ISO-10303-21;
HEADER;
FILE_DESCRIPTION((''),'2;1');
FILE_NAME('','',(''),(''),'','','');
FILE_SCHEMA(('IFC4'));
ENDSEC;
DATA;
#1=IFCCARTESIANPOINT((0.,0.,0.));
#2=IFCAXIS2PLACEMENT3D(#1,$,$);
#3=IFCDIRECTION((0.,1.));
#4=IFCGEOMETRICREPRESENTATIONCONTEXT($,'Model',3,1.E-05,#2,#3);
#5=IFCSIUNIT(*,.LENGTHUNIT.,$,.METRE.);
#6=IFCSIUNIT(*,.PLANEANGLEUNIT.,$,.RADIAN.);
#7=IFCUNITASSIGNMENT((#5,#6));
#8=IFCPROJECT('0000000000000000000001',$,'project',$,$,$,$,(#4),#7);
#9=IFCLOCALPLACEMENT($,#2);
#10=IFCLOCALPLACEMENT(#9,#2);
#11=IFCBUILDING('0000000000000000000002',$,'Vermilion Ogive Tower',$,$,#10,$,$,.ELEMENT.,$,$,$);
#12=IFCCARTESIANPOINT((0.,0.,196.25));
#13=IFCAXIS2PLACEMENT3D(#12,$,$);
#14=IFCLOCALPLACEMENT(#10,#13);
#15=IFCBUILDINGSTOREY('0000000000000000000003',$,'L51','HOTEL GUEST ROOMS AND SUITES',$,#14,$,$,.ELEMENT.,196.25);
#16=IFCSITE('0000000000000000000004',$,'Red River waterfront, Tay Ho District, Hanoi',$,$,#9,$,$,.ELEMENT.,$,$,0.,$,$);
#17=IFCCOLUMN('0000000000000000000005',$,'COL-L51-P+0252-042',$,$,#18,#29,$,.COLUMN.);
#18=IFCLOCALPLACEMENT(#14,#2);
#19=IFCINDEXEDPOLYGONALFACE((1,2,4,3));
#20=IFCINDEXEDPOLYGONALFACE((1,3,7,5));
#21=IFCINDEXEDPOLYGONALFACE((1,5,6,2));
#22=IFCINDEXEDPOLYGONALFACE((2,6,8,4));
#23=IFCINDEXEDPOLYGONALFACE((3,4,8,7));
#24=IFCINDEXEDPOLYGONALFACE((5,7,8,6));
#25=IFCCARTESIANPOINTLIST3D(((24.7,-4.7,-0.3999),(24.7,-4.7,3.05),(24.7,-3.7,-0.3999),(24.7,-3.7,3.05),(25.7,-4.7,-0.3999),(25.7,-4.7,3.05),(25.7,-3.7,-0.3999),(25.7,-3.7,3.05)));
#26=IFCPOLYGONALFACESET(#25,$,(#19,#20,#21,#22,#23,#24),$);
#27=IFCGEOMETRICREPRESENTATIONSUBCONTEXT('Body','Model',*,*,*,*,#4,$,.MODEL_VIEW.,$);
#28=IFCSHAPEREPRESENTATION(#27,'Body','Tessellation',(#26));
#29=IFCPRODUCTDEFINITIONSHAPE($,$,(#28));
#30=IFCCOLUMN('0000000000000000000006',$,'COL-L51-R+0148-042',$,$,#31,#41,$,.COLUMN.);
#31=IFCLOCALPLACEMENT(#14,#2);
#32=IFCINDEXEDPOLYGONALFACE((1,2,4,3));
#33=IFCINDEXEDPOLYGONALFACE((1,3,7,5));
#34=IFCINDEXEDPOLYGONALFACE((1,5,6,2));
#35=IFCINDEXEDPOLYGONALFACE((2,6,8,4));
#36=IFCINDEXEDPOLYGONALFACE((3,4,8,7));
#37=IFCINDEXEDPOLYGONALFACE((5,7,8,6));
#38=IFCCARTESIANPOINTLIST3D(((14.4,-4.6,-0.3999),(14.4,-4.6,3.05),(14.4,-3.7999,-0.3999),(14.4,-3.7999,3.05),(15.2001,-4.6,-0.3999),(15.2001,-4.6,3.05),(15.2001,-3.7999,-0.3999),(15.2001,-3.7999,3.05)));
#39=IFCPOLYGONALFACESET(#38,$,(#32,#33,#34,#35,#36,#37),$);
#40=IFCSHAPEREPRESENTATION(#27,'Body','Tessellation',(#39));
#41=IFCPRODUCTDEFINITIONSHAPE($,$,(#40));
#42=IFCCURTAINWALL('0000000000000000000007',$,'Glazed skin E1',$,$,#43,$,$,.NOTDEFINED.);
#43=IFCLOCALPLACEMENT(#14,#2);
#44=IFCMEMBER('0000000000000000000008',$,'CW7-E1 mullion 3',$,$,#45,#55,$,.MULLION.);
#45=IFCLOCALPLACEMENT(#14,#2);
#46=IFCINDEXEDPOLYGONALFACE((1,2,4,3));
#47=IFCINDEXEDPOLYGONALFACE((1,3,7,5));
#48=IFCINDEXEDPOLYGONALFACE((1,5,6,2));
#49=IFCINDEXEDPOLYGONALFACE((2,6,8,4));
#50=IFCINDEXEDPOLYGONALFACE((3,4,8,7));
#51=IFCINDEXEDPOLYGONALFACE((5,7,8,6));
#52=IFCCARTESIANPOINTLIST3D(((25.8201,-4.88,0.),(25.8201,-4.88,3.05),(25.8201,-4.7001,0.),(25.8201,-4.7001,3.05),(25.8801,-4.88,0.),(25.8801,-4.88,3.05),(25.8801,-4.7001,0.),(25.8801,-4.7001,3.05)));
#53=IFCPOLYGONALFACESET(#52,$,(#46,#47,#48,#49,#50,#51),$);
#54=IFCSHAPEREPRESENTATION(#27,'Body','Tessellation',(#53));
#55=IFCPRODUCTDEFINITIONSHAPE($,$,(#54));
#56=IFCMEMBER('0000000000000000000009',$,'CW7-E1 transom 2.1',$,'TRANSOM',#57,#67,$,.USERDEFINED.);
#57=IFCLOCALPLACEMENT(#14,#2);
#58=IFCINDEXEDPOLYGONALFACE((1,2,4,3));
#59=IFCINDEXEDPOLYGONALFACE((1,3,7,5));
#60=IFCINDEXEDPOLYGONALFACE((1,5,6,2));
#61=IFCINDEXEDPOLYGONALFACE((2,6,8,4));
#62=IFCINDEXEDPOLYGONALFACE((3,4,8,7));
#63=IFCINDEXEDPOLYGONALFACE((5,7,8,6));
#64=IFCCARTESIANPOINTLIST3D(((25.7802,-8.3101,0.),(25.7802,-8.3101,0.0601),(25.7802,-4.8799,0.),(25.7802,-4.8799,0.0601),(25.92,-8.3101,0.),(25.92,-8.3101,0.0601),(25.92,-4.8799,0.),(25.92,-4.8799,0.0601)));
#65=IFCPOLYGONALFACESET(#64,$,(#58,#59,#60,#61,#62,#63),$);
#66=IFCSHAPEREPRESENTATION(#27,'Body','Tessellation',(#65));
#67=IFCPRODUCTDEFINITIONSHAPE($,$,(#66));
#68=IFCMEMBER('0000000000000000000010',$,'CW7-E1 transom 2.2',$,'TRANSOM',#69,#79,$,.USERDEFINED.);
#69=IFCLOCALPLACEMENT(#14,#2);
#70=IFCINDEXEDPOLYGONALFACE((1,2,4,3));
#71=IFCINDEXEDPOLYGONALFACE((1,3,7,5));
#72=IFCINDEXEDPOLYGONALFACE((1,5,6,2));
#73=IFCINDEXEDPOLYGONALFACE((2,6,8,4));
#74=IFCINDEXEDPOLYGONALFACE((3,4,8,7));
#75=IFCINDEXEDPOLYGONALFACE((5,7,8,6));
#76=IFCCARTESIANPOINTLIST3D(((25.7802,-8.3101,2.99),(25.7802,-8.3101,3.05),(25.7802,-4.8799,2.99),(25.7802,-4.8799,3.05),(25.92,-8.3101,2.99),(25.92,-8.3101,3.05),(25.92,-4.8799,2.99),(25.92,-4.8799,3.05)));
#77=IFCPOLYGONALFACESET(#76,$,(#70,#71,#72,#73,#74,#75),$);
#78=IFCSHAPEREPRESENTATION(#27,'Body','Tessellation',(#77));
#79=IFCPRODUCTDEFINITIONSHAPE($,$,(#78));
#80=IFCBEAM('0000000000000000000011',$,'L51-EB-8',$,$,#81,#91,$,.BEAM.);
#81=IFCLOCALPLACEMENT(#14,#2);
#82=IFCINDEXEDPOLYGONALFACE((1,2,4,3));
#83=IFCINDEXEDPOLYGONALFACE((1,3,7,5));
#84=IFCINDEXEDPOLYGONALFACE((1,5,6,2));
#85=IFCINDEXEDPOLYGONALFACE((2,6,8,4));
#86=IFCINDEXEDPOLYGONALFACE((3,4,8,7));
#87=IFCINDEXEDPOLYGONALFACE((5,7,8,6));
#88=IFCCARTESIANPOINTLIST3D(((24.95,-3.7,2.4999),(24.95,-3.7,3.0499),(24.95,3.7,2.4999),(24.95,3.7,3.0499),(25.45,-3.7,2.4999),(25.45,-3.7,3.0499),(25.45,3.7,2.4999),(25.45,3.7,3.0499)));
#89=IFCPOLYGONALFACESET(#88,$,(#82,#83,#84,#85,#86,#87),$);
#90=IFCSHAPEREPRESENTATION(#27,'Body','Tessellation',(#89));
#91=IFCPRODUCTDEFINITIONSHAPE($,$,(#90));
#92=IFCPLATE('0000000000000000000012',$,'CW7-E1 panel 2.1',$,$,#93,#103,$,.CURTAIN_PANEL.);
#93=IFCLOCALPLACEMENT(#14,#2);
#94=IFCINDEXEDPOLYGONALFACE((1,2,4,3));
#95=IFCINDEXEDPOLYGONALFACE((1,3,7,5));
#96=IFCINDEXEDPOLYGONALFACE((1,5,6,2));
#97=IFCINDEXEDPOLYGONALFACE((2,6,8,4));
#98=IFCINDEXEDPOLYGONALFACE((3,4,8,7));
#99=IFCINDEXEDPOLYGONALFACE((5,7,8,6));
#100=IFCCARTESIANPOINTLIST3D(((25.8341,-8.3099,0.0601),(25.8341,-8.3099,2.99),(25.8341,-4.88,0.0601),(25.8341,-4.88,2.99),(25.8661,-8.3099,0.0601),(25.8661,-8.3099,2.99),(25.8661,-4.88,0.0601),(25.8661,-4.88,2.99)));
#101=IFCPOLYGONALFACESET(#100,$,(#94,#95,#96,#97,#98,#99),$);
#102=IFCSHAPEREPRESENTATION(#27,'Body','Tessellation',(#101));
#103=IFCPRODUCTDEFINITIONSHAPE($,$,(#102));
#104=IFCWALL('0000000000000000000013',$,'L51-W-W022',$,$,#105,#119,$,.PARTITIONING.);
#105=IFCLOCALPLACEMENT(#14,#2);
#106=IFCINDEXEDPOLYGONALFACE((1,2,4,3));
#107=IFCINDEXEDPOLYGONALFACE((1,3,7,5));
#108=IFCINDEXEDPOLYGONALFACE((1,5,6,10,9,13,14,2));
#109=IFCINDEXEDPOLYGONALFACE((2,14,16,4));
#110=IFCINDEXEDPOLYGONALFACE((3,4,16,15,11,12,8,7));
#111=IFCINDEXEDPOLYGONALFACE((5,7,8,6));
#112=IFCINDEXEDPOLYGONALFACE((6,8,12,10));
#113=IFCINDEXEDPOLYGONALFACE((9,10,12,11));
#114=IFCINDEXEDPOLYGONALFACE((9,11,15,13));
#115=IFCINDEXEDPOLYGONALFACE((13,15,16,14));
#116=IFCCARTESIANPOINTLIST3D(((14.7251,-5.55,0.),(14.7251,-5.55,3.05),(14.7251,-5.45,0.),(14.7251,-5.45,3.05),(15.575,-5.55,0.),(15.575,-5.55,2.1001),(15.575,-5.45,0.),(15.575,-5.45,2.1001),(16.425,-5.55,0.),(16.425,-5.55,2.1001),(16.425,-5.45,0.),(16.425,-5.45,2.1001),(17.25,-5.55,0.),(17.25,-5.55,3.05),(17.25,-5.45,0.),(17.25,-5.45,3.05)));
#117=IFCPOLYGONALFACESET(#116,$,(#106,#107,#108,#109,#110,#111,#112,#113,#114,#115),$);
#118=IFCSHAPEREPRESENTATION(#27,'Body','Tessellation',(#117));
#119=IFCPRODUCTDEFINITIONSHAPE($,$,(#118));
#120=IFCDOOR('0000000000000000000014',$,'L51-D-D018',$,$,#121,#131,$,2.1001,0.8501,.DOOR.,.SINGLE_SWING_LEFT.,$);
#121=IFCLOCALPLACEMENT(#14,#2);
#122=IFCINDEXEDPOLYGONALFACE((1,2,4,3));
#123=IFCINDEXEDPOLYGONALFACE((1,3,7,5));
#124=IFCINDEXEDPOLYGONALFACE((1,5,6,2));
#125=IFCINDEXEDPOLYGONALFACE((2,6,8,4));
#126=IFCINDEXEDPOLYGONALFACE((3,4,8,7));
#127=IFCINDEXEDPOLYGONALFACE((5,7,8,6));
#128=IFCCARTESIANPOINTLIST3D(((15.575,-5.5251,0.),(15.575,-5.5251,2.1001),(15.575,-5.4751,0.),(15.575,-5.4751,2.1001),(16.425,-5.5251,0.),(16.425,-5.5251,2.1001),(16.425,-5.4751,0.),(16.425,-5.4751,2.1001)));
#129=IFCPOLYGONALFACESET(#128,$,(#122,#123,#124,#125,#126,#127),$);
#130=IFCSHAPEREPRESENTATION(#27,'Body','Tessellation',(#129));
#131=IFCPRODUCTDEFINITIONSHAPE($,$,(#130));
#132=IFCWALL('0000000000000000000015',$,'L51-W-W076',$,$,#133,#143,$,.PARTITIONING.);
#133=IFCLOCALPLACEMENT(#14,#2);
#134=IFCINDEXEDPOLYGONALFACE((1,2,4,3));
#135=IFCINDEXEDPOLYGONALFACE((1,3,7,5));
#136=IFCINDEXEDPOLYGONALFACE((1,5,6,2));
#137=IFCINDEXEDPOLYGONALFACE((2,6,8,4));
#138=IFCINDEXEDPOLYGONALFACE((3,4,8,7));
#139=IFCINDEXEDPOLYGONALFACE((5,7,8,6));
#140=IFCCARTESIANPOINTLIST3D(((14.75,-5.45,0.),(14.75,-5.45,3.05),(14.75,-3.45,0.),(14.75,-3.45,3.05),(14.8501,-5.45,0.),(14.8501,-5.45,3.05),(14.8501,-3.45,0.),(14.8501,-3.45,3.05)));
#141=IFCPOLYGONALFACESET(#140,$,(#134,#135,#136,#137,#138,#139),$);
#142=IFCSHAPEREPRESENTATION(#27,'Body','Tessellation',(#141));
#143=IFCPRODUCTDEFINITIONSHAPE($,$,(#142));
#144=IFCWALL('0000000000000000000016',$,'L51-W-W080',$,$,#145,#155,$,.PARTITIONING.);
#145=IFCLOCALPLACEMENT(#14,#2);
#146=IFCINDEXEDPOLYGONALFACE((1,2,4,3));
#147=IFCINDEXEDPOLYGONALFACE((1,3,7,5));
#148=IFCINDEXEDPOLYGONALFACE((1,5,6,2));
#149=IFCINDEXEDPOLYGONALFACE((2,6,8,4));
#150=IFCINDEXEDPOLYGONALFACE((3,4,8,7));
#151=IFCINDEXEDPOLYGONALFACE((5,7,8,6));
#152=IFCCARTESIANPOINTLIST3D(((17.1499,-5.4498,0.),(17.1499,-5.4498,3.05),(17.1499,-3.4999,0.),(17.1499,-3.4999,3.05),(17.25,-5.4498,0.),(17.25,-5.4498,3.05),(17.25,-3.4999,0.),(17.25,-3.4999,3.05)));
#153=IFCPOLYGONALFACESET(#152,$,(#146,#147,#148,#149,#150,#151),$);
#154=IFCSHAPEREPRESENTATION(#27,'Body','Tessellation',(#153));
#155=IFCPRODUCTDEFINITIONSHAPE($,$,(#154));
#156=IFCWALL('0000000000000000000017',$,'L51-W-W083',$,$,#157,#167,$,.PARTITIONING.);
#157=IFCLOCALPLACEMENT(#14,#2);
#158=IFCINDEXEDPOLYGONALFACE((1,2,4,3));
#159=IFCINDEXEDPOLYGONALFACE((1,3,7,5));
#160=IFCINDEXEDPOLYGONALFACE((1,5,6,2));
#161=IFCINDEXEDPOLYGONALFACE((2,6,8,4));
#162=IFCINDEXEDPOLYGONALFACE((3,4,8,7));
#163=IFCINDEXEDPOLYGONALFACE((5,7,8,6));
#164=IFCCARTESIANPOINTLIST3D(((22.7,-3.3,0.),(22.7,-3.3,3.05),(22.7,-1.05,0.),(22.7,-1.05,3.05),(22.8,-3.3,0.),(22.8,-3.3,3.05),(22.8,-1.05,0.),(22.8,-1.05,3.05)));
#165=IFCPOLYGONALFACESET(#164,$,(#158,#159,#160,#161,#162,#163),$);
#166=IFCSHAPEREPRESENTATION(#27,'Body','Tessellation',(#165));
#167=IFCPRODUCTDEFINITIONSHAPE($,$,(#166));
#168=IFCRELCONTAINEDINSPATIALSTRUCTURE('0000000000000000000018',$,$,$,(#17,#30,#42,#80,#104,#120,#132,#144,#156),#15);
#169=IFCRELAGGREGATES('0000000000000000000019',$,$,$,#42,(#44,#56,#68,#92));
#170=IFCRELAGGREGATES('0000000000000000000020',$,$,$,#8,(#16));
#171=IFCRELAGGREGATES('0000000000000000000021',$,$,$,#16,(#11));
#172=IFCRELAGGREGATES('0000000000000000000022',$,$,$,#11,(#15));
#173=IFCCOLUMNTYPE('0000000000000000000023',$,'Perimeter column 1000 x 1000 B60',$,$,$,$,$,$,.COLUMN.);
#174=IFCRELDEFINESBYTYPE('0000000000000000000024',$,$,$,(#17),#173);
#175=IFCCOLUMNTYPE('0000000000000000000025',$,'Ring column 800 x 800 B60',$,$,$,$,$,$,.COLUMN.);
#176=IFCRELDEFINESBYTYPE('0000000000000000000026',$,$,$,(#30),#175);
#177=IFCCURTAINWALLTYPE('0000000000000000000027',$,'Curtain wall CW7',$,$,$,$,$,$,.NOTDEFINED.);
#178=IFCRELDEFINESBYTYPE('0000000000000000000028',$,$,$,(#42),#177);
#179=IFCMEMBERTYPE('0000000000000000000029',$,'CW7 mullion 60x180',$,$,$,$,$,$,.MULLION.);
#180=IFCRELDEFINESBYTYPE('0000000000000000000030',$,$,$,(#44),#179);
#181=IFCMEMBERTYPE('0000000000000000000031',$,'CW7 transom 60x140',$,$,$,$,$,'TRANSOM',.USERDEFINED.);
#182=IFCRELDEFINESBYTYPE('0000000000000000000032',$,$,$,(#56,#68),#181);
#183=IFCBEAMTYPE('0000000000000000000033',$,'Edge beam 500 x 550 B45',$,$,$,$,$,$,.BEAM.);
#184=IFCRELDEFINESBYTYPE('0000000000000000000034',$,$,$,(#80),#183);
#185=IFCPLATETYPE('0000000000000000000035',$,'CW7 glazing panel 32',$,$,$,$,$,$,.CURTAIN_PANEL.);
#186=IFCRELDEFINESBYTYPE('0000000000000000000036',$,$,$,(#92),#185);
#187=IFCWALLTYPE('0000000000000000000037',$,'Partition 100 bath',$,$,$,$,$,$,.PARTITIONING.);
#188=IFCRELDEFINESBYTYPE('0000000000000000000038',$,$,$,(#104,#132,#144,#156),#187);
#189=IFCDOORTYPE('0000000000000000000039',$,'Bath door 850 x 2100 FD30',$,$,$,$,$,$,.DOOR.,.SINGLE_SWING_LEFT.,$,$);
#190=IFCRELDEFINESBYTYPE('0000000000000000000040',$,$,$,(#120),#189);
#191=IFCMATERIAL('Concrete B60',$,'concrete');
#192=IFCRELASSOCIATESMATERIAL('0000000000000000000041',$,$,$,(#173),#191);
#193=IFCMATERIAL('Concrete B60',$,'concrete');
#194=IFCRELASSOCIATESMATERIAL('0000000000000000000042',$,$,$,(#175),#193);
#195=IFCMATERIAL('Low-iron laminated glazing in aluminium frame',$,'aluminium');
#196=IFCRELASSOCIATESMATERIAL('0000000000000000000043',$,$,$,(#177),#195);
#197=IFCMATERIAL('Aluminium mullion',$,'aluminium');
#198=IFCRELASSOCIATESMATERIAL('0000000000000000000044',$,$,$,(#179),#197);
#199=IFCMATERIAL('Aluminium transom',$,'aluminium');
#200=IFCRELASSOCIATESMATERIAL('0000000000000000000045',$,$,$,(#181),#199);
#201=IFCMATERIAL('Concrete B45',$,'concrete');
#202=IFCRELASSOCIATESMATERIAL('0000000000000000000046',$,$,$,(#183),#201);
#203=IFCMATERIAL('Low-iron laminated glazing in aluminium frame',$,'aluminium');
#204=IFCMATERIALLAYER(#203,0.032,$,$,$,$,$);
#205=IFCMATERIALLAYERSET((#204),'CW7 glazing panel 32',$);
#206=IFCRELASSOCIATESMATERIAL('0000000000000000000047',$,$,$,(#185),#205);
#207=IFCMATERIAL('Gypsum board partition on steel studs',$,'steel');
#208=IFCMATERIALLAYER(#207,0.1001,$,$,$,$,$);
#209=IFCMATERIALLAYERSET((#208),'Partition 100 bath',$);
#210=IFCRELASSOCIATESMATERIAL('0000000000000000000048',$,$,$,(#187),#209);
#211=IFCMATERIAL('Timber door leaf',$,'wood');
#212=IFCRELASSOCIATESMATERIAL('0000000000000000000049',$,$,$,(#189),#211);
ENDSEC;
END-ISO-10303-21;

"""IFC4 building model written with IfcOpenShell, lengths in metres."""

from ifc_helpers import new_model, si_unit, direction, frame, frame_2d, origin, origin_2d, place, context, subcontext, project, spatial, rectangle, extrude, material, layer, layer_set, material_profile, profile_set, type_object, element, fill, aggregate, save


model = new_model("IFC4")

# Units and contexts
model_context = context("Model", 3, precision=1e-05, world=origin(), true_north=direction((0.0, 1.0)))
body_context = subcontext(model_context, "Body", "Model", "MODEL_VIEW")
ifc_project = project(units=[si_unit("LENGTHUNIT", "METRE"), si_unit("PLANEANGLEUNIT", "RADIAN")], contexts=[model_context])

# Site, building, storey
site_placement = place(None, origin())
site = spatial("IfcSite", under=ifc_project, at=site_placement, Name="Red River waterfront, Tay Ho District, Hanoi", CompositionType="ELEMENT", RefElevation=0.0)
building_placement = place(site_placement, origin())
building = spatial("IfcBuilding", under=site, at=building_placement, Name="Vermilion Ogive Tower", CompositionType="ELEMENT")
storey_placement = place(building_placement, frame((0.0, 0.0, 196.25)))
storey = spatial("IfcBuildingStorey", under=building, at=storey_placement, Name="L51", Description="HOTEL GUEST ROOMS AND SUITES", CompositionType="ELEMENT", Elevation=196.25)

# Columns
ifc_material_1 = material(Name="Concrete B60", Category="concrete")
ifc_material_profile_1 = material_profile(ifc_material_1, rectangle(XDim=1.0, YDim=1.0, at=origin_2d()), Name="1000 x 1000")
ifc_profile_set_1 = profile_set([ifc_material_profile_1], Name="Concrete B60")
column_type_1 = type_object("IfcColumnType", Name="Perimeter column 1000 x 1000 B60", PredefinedType="COLUMN", material=ifc_profile_set_1)
column_1_placement = place(storey_placement, frame((25.2, -4.2, -0.3999), z_axis=(0.0, 0.0, 1.0), x_axis=(1.0, 0.0, 0.0)))
element("IfcColumn", 1, at=column_1_placement, inside=storey, type_object=column_type_1, Name="COL-L51-P+0252-042", PredefinedType="COLUMN", context=body_context, shape_type="SweptSolid", body=[
    extrude(rectangle(XDim=1.0, YDim=1.0, at=origin_2d()), origin(), (0.0, 0.0, 1.0), 3.45),
])
ifc_material_2 = material(Name="Concrete B60", Category="concrete")
ifc_material_profile_2 = material_profile(ifc_material_2, rectangle(XDim=0.8, YDim=0.8, at=origin_2d()), Name="800 x 800")
ifc_profile_set_2 = profile_set([ifc_material_profile_2], Name="Concrete B60")
column_type_2 = type_object("IfcColumnType", Name="Ring column 800 x 800 B60", PredefinedType="COLUMN", material=ifc_profile_set_2)
column_2_placement = place(storey_placement, frame((14.8, -4.2, -0.3999), z_axis=(0.0, 0.0, 1.0), x_axis=(1.0, 0.0, 0.0)))
element("IfcColumn", 2, at=column_2_placement, inside=storey, type_object=column_type_2, Name="COL-L51-R+0148-042", PredefinedType="COLUMN", context=body_context, shape_type="SweptSolid", body=[
    extrude(rectangle(XDim=0.8, YDim=0.8, at=origin_2d()), origin(), (0.0, 0.0, 1.0), 3.45),
])

# Curtain wall, members
ifc_material_3 = material(Name="Low-iron laminated glazing in aluminium frame", Category="aluminium")
curtain_wall_type = type_object("IfcCurtainWallType", Name="Curtain wall CW7", PredefinedType="NOTDEFINED", material=ifc_material_3)
curtain_wall_placement = place(storey_placement, origin())
curtain_wall = element("IfcCurtainWall", 3, at=curtain_wall_placement, inside=storey, type_object=curtain_wall_type, Name="Glazed skin E1", PredefinedType="NOTDEFINED")
ifc_material_4 = material(Name="Aluminium mullion", Category="aluminium")
ifc_material_profile_3 = material_profile(ifc_material_4, rectangle(XDim=0.0601, YDim=0.1799, at=origin_2d()), Name="AL 60x180")
ifc_profile_set_3 = profile_set([ifc_material_profile_3], Name="Aluminium mullion")
member_type_1 = type_object("IfcMemberType", Name="CW7 mullion 60x180", PredefinedType="MULLION", material=ifc_profile_set_3)
member_1_placement = place(storey_placement, frame((25.8501, -4.79, 0.0), z_axis=(0.0, 0.0, 1.0), x_axis=(-1.0, 0.0, 0.0)))
member_1 = element("IfcMember", 4, at=member_1_placement, type_object=member_type_1, Name="CW7-E1 mullion 3", PredefinedType="MULLION", context=body_context, shape_type="SweptSolid", body=[
    extrude(rectangle(XDim=0.0601, YDim=0.1799, at=origin_2d()), origin(), (0.0, 0.0, 1.0), 3.05),
])
ifc_material_5 = material(Name="Aluminium transom", Category="aluminium")
ifc_material_profile_4 = material_profile(ifc_material_5, rectangle(XDim=0.1399, YDim=0.0601, at=origin_2d()), Name="AL 60x140")
ifc_profile_set_4 = profile_set([ifc_material_profile_4], Name="Aluminium transom")
member_type_2 = type_object("IfcMemberType", Name="CW7 transom 60x140", ElementType="TRANSOM", PredefinedType="USERDEFINED", material=ifc_profile_set_4)
member_2_placement = place(storey_placement, frame((25.8501, -8.3101, 0.03), z_axis=(0.0, 1.0, 0.0), x_axis=(-1.0, 0.0, 0.0)))
member_2 = element("IfcMember", 5, at=member_2_placement, type_object=member_type_2, Name="CW7-E1 transom 2.1", ObjectType="TRANSOM", PredefinedType="USERDEFINED", context=body_context, shape_type="SweptSolid", body=[
    extrude(rectangle(XDim=0.1399, YDim=0.0601, at=origin_2d()), origin(), (0.0, 0.0, 1.0), 3.4302),
])
member_3_placement = place(storey_placement, frame((25.8501, -8.3101, 3.02), z_axis=(0.0, 1.0, 0.0), x_axis=(-1.0, 0.0, 0.0)))
member_3 = element("IfcMember", 6, at=member_3_placement, type_object=member_type_2, Name="CW7-E1 transom 2.2", ObjectType="TRANSOM", PredefinedType="USERDEFINED", context=body_context, shape_type="SweptSolid", body=[
    extrude(rectangle(XDim=0.1399, YDim=0.0601, at=origin_2d()), origin(), (0.0, 0.0, 1.0), 3.4302),
])

# Beam
ifc_material_6 = material(Name="Concrete B45", Category="concrete")
ifc_material_profile_5 = material_profile(ifc_material_6, rectangle(XDim=0.5, YDim=0.55, at=origin_2d()), Name="500 x 550")
ifc_profile_set_5 = profile_set([ifc_material_profile_5], Name="Concrete B45")
beam_type = type_object("IfcBeamType", Name="Edge beam 500 x 550 B45", PredefinedType="BEAM", material=ifc_profile_set_5)
beam_placement = place(storey_placement, frame((25.2, -3.7, 2.7749), z_axis=(0.0, 1.0, 0.0), x_axis=(-1.0, 0.0, 0.0)))
element("IfcBeam", 7, at=beam_placement, inside=storey, type_object=beam_type, Name="L51-EB-8", PredefinedType="BEAM", context=body_context, shape_type="SweptSolid", body=[
    extrude(rectangle(XDim=0.5, YDim=0.55, at=origin_2d()), origin(), (0.0, 0.0, 1.0), 7.3999),
])

# Plate
ifc_material_7 = material(Name="Low-iron laminated glazing in aluminium frame", Category="aluminium")
ifc_layer_1 = layer(ifc_material_7, 0.032)
ifc_layer_set_1 = layer_set([ifc_layer_1], Name="CW7 glazing panel 32")
plate_type = type_object("IfcPlateType", Name="CW7 glazing panel 32", PredefinedType="CURTAIN_PANEL", material=ifc_layer_set_1)
plate_placement = place(storey_placement, frame((25.8501, -6.595, 0.0601), z_axis=(0.0, 0.0, 1.0), x_axis=(0.0, 1.0, 0.0)))
plate = element("IfcPlate", 8, at=plate_placement, type_object=plate_type, Name="CW7-E1 panel 2.1", PredefinedType="CURTAIN_PANEL", context=body_context, shape_type="SweptSolid", body=[
    extrude(rectangle(XDim=3.4299, YDim=0.032, at=origin_2d()), origin(), (0.0, 0.0, 1.0), 2.9299),
])
aggregate(curtain_wall, [member_1, member_2, member_3, plate])

# Wall, opening, door
ifc_material_8 = material(Name="Gypsum board partition on steel studs", Category="steel")
ifc_layer_2 = layer(ifc_material_8, 0.1001)
ifc_layer_set_2 = layer_set([ifc_layer_2], Name="Partition 100 bath")
wall_type_1 = type_object("IfcWallType", Name="Partition 100 bath", PredefinedType="PARTITIONING", material=ifc_layer_set_2)
wall_1_placement = place(storey_placement, frame((14.7251, -5.5, 0.0), z_axis=(0.0, 0.0, 1.0), x_axis=(1.0, 0.0, 0.0)))
wall_1 = element("IfcWall", 9, at=wall_1_placement, inside=storey, type_object=wall_type_1, Name="L51-W-W022", PredefinedType="PARTITIONING", context=body_context, shape_type="SweptSolid", body=[
    extrude(rectangle(XDim=2.5249, YDim=0.1001, at=frame_2d((1.2625, 0.0))), origin(), (0.0, 0.0, 1.0), 3.05),
])
opening_1_placement = place(wall_1_placement, frame((0.8499, 0.0, 0.0)))
opening_1 = element("IfcOpeningElement", 10, at=opening_1_placement, cuts=wall_1, PredefinedType="OPENING", context=body_context, shape_type="SweptSolid", body=[
    extrude(rectangle(XDim=0.8501, YDim=2.1001, at=frame_2d((0.425, 1.05))), frame((0.0, 0.0601, 0.0), z_axis=(0.0, -1.0, 0.0), x_axis=(1.0, 0.0, 0.0)), (0.0, 0.0, 1.0), 0.1201),
])
ifc_material_9 = material(Name="Timber door leaf", Category="wood")
door_type_1 = type_object("IfcDoorType", Name="Bath door 850 x 2100 FD30", OperationType="SINGLE_SWING_LEFT", PredefinedType="DOOR", material=ifc_material_9)
door_1_placement = place(opening_1_placement, origin())
door_1 = element("IfcDoor", 11, at=door_1_placement, inside=storey, type_object=door_type_1, Name="L51-D-D018", OperationType="SINGLE_SWING_LEFT", OverallHeight=2.1001, OverallWidth=0.8501, PredefinedType="DOOR", context=body_context, shape_type="SweptSolid", body=[
    extrude(rectangle(XDim=0.8501, YDim=2.1001, at=frame_2d((0.425, 1.05))), frame((0.0, 0.0249, 0.0), z_axis=(0.0, -1.0, 0.0), x_axis=(1.0, 0.0, 0.0)), (0.0, 0.0, 1.0), 0.05),
])
fill(opening_1, door_1)

# Walls
wall_2_placement = place(storey_placement, frame((14.8, -5.45, 0.0), z_axis=(0.0, 0.0, 1.0), x_axis=(0.0, 1.0, 0.0)))
element("IfcWall", 12, at=wall_2_placement, inside=storey, type_object=wall_type_1, Name="L51-W-W076", PredefinedType="PARTITIONING", context=body_context, shape_type="SweptSolid", body=[
    extrude(rectangle(XDim=2.0, YDim=0.1001, at=frame_2d((1.0, 0.0))), origin(), (0.0, 0.0, 1.0), 3.05),
])
wall_3_placement = place(storey_placement, frame((17.2, -5.45, 0.0), z_axis=(0.0, 0.0, 1.0), x_axis=(0.0, 1.0, 0.0)))
element("IfcWall", 13, at=wall_3_placement, inside=storey, type_object=wall_type_1, Name="L51-W-W080", PredefinedType="PARTITIONING", context=body_context, shape_type="SweptSolid", body=[
    extrude(rectangle(XDim=1.95, YDim=0.1001, at=frame_2d((0.9751, 0.0))), origin(), (0.0, 0.0, 1.0), 3.05),
])
wall_4_placement = place(storey_placement, frame((22.75, -3.3, 0.0), z_axis=(0.0, 0.0, 1.0), x_axis=(0.0, 1.0, 0.0)))
element("IfcWall", 14, at=wall_4_placement, inside=storey, type_object=wall_type_1, Name="L51-W-W083", PredefinedType="PARTITIONING", context=body_context, shape_type="SweptSolid", body=[
    extrude(rectangle(XDim=2.25, YDim=0.1001, at=frame_2d((1.125, 0.0))), origin(), (0.0, 0.0, 1.0), 3.05),
])

save(model, "model.ifc")
